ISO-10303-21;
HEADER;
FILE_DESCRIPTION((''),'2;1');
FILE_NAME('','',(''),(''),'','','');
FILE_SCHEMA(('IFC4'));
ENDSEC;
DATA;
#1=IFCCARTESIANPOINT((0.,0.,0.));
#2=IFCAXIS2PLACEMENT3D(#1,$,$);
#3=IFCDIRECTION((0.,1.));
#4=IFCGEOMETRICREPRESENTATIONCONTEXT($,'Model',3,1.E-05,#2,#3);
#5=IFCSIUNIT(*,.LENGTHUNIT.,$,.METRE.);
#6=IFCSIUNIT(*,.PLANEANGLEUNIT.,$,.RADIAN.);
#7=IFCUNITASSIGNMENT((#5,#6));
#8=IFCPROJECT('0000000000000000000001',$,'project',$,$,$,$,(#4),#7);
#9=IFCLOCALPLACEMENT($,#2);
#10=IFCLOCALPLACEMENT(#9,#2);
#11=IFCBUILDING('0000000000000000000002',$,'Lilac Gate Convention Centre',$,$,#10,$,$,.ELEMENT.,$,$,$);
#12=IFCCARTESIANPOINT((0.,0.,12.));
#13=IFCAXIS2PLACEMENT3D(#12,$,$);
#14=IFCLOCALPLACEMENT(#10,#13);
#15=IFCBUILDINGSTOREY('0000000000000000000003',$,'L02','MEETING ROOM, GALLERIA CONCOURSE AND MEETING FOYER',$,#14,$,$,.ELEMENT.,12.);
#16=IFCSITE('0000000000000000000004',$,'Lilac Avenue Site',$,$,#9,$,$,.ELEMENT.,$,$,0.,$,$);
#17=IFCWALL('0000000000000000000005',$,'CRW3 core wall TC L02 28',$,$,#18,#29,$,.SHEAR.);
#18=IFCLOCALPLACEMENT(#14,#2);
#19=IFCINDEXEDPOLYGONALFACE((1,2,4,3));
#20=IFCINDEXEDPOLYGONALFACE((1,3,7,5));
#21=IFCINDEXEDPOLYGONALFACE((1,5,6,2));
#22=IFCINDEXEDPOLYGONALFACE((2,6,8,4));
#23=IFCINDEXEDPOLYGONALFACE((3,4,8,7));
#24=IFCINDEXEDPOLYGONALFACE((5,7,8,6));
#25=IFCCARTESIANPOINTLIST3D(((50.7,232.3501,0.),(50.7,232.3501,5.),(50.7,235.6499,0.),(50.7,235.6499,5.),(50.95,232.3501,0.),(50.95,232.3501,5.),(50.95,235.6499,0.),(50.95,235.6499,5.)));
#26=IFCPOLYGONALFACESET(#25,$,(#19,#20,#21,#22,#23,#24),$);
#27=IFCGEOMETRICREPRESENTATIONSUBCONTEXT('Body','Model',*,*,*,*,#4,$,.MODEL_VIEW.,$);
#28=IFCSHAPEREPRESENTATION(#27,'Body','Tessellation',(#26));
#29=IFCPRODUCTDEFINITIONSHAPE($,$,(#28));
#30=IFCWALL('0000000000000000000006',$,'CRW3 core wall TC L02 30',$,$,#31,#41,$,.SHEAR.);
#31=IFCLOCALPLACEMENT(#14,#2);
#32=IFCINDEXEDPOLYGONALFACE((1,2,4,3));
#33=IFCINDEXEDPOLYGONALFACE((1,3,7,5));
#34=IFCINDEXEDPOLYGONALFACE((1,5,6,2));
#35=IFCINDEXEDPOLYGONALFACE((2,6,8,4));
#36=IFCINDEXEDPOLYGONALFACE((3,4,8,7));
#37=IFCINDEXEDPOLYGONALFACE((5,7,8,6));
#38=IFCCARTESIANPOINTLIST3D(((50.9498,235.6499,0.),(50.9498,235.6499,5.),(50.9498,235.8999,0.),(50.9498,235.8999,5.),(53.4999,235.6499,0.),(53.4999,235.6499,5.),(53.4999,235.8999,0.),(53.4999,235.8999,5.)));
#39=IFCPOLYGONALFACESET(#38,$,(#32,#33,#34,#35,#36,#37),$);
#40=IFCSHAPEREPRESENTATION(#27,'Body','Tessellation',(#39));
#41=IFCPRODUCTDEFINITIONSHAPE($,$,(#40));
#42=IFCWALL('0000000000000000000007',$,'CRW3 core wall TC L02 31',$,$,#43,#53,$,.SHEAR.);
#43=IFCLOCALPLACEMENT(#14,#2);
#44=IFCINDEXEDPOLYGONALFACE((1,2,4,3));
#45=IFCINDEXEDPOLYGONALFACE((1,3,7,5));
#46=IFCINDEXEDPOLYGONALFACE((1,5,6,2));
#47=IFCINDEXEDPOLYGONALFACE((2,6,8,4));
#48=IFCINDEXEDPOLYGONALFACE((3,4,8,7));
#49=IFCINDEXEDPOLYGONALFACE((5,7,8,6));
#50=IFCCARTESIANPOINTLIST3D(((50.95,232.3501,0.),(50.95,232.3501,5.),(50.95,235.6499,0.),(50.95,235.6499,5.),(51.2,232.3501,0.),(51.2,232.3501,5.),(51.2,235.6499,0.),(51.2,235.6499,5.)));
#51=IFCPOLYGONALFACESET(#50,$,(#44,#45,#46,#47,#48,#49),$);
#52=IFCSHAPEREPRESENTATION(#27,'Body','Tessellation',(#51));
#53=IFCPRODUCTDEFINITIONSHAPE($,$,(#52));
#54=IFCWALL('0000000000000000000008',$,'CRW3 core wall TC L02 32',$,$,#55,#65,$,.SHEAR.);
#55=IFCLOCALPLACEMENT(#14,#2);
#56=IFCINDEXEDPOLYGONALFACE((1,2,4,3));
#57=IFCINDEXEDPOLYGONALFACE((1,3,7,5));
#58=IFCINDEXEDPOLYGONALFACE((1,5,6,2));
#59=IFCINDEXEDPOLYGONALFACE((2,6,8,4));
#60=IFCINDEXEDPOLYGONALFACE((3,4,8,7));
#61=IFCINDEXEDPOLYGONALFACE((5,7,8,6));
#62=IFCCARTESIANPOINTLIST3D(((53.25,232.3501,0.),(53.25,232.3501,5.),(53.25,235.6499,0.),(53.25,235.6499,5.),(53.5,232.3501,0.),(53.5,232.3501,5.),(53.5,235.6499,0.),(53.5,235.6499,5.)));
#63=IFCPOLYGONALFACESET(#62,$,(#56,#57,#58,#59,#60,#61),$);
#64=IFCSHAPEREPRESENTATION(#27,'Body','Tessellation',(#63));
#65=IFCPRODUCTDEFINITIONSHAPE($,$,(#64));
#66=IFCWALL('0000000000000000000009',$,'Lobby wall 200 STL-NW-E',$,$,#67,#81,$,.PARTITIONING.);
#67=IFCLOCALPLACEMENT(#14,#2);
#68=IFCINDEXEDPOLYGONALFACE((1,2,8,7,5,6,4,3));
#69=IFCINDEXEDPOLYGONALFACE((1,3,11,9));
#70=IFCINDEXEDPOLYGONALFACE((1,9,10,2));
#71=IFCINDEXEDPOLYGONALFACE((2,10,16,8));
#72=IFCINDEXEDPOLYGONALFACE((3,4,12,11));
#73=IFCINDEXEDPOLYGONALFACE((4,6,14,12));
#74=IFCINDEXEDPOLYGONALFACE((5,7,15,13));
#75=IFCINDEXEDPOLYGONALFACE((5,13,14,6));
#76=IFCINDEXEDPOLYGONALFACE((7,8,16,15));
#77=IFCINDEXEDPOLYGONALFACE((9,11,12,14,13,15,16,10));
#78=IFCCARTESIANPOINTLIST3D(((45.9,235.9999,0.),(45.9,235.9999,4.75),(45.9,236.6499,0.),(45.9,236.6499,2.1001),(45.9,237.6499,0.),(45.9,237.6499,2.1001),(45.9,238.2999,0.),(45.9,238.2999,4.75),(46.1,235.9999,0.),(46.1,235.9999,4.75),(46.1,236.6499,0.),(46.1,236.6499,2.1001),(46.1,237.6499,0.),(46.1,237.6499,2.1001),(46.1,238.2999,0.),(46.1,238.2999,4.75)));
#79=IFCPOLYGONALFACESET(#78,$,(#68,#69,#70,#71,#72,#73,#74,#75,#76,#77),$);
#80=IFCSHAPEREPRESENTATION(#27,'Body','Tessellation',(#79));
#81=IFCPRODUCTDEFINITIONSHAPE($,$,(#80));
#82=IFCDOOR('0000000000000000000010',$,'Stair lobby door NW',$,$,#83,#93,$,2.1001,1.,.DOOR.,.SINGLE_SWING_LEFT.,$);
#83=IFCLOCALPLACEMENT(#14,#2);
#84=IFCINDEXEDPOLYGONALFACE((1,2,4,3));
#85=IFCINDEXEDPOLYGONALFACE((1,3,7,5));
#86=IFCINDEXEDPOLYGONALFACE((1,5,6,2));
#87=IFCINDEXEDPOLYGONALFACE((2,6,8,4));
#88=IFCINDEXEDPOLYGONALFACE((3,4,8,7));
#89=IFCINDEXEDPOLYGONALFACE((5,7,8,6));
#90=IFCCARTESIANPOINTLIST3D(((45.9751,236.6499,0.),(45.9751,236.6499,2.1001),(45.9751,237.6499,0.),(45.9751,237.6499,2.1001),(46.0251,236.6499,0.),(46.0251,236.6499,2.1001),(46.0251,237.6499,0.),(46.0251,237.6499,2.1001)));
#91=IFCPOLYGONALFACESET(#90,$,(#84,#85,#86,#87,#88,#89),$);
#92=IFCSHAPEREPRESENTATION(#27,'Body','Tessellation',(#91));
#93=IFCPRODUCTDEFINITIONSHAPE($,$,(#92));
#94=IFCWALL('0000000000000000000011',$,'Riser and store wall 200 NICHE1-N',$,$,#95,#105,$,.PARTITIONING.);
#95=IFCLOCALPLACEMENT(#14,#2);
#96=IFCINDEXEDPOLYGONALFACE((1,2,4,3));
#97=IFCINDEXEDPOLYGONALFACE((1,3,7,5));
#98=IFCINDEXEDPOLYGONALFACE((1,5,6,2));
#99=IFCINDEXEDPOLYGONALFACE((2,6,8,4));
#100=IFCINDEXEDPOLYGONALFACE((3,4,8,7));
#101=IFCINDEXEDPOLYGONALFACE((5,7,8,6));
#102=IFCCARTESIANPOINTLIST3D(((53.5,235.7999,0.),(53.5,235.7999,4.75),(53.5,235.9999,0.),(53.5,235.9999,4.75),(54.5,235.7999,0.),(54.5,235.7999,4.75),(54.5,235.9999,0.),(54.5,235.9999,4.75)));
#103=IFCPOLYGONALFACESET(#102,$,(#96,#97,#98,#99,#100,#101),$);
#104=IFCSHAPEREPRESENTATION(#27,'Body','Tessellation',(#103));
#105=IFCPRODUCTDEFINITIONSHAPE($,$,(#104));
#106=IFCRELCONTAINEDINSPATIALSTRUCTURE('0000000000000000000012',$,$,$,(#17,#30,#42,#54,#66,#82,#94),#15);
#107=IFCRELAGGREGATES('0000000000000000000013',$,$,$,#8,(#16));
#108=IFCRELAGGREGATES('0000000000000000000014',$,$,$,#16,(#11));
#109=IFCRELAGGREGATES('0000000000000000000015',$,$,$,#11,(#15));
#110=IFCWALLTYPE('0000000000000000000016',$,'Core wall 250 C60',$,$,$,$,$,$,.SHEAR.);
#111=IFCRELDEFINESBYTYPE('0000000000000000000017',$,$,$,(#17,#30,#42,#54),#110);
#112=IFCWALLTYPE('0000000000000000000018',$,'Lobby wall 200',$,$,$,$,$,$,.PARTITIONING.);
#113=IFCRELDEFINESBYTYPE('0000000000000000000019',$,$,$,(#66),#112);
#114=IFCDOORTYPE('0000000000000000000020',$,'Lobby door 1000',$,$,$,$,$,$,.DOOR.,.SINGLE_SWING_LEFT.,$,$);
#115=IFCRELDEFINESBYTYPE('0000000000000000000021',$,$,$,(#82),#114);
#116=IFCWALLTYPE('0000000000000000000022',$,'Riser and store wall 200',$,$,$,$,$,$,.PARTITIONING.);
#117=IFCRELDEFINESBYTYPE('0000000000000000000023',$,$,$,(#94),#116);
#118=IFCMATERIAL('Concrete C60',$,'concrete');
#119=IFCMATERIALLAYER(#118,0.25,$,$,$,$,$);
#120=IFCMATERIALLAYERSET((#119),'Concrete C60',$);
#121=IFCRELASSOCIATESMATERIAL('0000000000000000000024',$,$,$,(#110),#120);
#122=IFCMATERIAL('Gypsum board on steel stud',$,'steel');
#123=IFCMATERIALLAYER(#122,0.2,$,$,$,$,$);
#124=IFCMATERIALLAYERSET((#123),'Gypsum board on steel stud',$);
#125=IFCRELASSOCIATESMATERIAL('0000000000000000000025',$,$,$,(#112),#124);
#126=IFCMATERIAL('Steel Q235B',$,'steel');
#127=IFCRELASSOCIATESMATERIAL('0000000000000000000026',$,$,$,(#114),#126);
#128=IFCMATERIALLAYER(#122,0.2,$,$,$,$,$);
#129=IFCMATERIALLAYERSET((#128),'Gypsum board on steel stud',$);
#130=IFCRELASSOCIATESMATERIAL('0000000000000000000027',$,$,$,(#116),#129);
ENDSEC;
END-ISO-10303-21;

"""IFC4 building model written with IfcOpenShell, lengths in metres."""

from ifc_helpers import new_model, si_unit, direction, frame, frame_2d, origin, place, context, subcontext, project, spatial, rectangle, extrude, material, layer, layer_set, type_object, element, fill, save


model = new_model("IFC4")

# Units and contexts
model_context = context("Model", 3, precision=1e-05, world=origin(), true_north=direction((0.0, 1.0)))
body_context = subcontext(model_context, "Body", "Model", "MODEL_VIEW")
ifc_project = project(units=[si_unit("LENGTHUNIT", "METRE"), si_unit("PLANEANGLEUNIT", "RADIAN")], contexts=[model_context])

# Site, building, storey
site_placement = place(None, origin())
site = spatial("IfcSite", under=ifc_project, at=site_placement, Name="Lilac Avenue Site", CompositionType="ELEMENT", RefElevation=0.0)
building_placement = place(site_placement, origin())
building = spatial("IfcBuilding", under=site, at=building_placement, Name="Lilac Gate Convention Centre", CompositionType="ELEMENT")
storey_placement = place(building_placement, frame((0.0, 0.0, 12.0)))
storey = spatial("IfcBuildingStorey", under=building, at=storey_placement, Name="L02", Description="MEETING ROOM, GALLERIA CONCOURSE AND MEETING FOYER", CompositionType="ELEMENT", Elevation=12.0)

# Shared definitions
ifc_material_1 = material(Name="Concrete C60", Category="concrete")
ifc_layer_1 = layer(ifc_material_1, 0.25)
ifc_layer_set_1 = layer_set([ifc_layer_1], Name="Concrete C60")
wall_type_1 = type_object("IfcWallType", Name="Core wall 250 C60", PredefinedType="SHEAR", material=ifc_layer_set_1)

# Walls
for number, where, z_axis, x_axis, name in (
    (1, (50.825, 232.3501, 0.0), (0.0, 0.0, 1.0), (0.0, 1.0, 0.0), "CRW3 core wall TC L02 28"),
):
    element("IfcWall", number, at=place(storey_placement, frame(where, z_axis=z_axis, x_axis=x_axis)), inside=storey, type_object=wall_type_1, Name=name, PredefinedType="SHEAR", context=body_context, shape_type="SweptSolid", body=[
        extrude(rectangle(XDim=3.2998, YDim=0.25, at=frame_2d((1.6499, 0.0))), origin(), (0.0, 0.0, 1.0), 5.0),
    ])
wall_1_placement = place(storey_placement, frame((50.95, 235.7749, 0.0), z_axis=(0.0, 0.0, 1.0), x_axis=(1.0, 0.0, 0.0)))
element("IfcWall", 2, at=wall_1_placement, inside=storey, type_object=wall_type_1, Name="CRW3 core wall TC L02 30", PredefinedType="SHEAR", context=body_context, shape_type="SweptSolid", body=[
    extrude(rectangle(XDim=2.55, YDim=0.25, at=frame_2d((1.2749, 0.0))), origin(), (0.0, 0.0, 1.0), 5.0),
])
for number, where, z_axis, x_axis, name in (
    (3, (51.075, 232.3501, 0.0), (0.0, 0.0, 1.0), (0.0, 1.0, 0.0), "CRW3 core wall TC L02 31"),
    (4, (53.375, 232.3501, 0.0), (0.0, 0.0, 1.0), (0.0, 1.0, 0.0), "CRW3 core wall TC L02 32"),
):
    element("IfcWall", number, at=place(storey_placement, frame(where, z_axis=z_axis, x_axis=x_axis)), inside=storey, type_object=wall_type_1, Name=name, PredefinedType="SHEAR", context=body_context, shape_type="SweptSolid", body=[
        extrude(rectangle(XDim=3.2998, YDim=0.25, at=frame_2d((1.6499, 0.0))), origin(), (0.0, 0.0, 1.0), 5.0),
    ])

# Wall, opening, door
ifc_material_2 = material(Name="Gypsum board on steel stud", Category="steel")
ifc_layer_2 = layer(ifc_material_2, 0.2)
ifc_layer_set_2 = layer_set([ifc_layer_2], Name="Gypsum board on steel stud")
wall_type_2 = type_object("IfcWallType", Name="Lobby wall 200", PredefinedType="PARTITIONING", material=ifc_layer_set_2)
wall_2_placement = place(storey_placement, frame((46.0, 236.0, 0.0), z_axis=(0.0, 0.0, 1.0), x_axis=(0.0, 1.0, 0.0)))
wall_2 = element("IfcWall", 5, at=wall_2_placement, inside=storey, type_object=wall_type_2, Name="Lobby wall 200 STL-NW-E", PredefinedType="PARTITIONING", context=body_context, shape_type="SweptSolid", body=[
    extrude(rectangle(XDim=2.3, YDim=0.2, at=frame_2d((1.1499, 0.0))), origin(), (0.0, 0.0, 1.0), 4.75),
])
opening_1_placement = place(wall_2_placement, frame((0.6499, 0.0, 0.0)))
opening_1 = element("IfcOpeningElement", 6, at=opening_1_placement, cuts=wall_2, PredefinedType="OPENING", context=body_context, shape_type="SweptSolid", body=[
    extrude(rectangle(XDim=1.0, YDim=2.1001, at=frame_2d((0.5, 1.05))), frame((0.0, 0.1099, 0.0), z_axis=(0.0, -1.0, 0.0), x_axis=(1.0, 0.0, 0.0)), (0.0, 0.0, 1.0), 0.22),
])
ifc_material_3 = material(Name="Steel Q235B", Category="steel")
door_type_1 = type_object("IfcDoorType", Name="Lobby door 1000", OperationType="SINGLE_SWING_LEFT", PredefinedType="DOOR", material=ifc_material_3)
door_1_placement = place(opening_1_placement, origin())
door_1 = element("IfcDoor", 7, at=door_1_placement, inside=storey, type_object=door_type_1, Name="Stair lobby door NW", OperationType="SINGLE_SWING_LEFT", OverallHeight=2.1001, OverallWidth=1.0, PredefinedType="DOOR", context=body_context, shape_type="SweptSolid", body=[
    extrude(rectangle(XDim=1.0, YDim=2.1001, at=frame_2d((0.5, 1.05))), frame((0.0, 0.0249, 0.0), z_axis=(0.0, -1.0, 0.0), x_axis=(1.0, 0.0, 0.0)), (0.0, 0.0, 1.0), 0.05),
])
fill(opening_1, door_1)

# Wall
ifc_layer_3 = layer(ifc_material_2, 0.2)
ifc_layer_set_3 = layer_set([ifc_layer_3], Name="Gypsum board on steel stud")
wall_type_3 = type_object("IfcWallType", Name="Riser and store wall 200", PredefinedType="PARTITIONING", material=ifc_layer_set_3)
wall_3_placement = place(storey_placement, frame((53.5, 235.8999, 0.0), z_axis=(0.0, 0.0, 1.0), x_axis=(1.0, 0.0, 0.0)))
element("IfcWall", 8, at=wall_3_placement, inside=storey, type_object=wall_type_3, Name="Riser and store wall 200 NICHE1-N", PredefinedType="PARTITIONING", context=body_context, shape_type="SweptSolid", body=[
    extrude(rectangle(XDim=1.0, YDim=0.2, at=frame_2d((0.5, 0.0))), origin(), (0.0, 0.0, 1.0), 4.75),
])

save(model, "model.ifc")
